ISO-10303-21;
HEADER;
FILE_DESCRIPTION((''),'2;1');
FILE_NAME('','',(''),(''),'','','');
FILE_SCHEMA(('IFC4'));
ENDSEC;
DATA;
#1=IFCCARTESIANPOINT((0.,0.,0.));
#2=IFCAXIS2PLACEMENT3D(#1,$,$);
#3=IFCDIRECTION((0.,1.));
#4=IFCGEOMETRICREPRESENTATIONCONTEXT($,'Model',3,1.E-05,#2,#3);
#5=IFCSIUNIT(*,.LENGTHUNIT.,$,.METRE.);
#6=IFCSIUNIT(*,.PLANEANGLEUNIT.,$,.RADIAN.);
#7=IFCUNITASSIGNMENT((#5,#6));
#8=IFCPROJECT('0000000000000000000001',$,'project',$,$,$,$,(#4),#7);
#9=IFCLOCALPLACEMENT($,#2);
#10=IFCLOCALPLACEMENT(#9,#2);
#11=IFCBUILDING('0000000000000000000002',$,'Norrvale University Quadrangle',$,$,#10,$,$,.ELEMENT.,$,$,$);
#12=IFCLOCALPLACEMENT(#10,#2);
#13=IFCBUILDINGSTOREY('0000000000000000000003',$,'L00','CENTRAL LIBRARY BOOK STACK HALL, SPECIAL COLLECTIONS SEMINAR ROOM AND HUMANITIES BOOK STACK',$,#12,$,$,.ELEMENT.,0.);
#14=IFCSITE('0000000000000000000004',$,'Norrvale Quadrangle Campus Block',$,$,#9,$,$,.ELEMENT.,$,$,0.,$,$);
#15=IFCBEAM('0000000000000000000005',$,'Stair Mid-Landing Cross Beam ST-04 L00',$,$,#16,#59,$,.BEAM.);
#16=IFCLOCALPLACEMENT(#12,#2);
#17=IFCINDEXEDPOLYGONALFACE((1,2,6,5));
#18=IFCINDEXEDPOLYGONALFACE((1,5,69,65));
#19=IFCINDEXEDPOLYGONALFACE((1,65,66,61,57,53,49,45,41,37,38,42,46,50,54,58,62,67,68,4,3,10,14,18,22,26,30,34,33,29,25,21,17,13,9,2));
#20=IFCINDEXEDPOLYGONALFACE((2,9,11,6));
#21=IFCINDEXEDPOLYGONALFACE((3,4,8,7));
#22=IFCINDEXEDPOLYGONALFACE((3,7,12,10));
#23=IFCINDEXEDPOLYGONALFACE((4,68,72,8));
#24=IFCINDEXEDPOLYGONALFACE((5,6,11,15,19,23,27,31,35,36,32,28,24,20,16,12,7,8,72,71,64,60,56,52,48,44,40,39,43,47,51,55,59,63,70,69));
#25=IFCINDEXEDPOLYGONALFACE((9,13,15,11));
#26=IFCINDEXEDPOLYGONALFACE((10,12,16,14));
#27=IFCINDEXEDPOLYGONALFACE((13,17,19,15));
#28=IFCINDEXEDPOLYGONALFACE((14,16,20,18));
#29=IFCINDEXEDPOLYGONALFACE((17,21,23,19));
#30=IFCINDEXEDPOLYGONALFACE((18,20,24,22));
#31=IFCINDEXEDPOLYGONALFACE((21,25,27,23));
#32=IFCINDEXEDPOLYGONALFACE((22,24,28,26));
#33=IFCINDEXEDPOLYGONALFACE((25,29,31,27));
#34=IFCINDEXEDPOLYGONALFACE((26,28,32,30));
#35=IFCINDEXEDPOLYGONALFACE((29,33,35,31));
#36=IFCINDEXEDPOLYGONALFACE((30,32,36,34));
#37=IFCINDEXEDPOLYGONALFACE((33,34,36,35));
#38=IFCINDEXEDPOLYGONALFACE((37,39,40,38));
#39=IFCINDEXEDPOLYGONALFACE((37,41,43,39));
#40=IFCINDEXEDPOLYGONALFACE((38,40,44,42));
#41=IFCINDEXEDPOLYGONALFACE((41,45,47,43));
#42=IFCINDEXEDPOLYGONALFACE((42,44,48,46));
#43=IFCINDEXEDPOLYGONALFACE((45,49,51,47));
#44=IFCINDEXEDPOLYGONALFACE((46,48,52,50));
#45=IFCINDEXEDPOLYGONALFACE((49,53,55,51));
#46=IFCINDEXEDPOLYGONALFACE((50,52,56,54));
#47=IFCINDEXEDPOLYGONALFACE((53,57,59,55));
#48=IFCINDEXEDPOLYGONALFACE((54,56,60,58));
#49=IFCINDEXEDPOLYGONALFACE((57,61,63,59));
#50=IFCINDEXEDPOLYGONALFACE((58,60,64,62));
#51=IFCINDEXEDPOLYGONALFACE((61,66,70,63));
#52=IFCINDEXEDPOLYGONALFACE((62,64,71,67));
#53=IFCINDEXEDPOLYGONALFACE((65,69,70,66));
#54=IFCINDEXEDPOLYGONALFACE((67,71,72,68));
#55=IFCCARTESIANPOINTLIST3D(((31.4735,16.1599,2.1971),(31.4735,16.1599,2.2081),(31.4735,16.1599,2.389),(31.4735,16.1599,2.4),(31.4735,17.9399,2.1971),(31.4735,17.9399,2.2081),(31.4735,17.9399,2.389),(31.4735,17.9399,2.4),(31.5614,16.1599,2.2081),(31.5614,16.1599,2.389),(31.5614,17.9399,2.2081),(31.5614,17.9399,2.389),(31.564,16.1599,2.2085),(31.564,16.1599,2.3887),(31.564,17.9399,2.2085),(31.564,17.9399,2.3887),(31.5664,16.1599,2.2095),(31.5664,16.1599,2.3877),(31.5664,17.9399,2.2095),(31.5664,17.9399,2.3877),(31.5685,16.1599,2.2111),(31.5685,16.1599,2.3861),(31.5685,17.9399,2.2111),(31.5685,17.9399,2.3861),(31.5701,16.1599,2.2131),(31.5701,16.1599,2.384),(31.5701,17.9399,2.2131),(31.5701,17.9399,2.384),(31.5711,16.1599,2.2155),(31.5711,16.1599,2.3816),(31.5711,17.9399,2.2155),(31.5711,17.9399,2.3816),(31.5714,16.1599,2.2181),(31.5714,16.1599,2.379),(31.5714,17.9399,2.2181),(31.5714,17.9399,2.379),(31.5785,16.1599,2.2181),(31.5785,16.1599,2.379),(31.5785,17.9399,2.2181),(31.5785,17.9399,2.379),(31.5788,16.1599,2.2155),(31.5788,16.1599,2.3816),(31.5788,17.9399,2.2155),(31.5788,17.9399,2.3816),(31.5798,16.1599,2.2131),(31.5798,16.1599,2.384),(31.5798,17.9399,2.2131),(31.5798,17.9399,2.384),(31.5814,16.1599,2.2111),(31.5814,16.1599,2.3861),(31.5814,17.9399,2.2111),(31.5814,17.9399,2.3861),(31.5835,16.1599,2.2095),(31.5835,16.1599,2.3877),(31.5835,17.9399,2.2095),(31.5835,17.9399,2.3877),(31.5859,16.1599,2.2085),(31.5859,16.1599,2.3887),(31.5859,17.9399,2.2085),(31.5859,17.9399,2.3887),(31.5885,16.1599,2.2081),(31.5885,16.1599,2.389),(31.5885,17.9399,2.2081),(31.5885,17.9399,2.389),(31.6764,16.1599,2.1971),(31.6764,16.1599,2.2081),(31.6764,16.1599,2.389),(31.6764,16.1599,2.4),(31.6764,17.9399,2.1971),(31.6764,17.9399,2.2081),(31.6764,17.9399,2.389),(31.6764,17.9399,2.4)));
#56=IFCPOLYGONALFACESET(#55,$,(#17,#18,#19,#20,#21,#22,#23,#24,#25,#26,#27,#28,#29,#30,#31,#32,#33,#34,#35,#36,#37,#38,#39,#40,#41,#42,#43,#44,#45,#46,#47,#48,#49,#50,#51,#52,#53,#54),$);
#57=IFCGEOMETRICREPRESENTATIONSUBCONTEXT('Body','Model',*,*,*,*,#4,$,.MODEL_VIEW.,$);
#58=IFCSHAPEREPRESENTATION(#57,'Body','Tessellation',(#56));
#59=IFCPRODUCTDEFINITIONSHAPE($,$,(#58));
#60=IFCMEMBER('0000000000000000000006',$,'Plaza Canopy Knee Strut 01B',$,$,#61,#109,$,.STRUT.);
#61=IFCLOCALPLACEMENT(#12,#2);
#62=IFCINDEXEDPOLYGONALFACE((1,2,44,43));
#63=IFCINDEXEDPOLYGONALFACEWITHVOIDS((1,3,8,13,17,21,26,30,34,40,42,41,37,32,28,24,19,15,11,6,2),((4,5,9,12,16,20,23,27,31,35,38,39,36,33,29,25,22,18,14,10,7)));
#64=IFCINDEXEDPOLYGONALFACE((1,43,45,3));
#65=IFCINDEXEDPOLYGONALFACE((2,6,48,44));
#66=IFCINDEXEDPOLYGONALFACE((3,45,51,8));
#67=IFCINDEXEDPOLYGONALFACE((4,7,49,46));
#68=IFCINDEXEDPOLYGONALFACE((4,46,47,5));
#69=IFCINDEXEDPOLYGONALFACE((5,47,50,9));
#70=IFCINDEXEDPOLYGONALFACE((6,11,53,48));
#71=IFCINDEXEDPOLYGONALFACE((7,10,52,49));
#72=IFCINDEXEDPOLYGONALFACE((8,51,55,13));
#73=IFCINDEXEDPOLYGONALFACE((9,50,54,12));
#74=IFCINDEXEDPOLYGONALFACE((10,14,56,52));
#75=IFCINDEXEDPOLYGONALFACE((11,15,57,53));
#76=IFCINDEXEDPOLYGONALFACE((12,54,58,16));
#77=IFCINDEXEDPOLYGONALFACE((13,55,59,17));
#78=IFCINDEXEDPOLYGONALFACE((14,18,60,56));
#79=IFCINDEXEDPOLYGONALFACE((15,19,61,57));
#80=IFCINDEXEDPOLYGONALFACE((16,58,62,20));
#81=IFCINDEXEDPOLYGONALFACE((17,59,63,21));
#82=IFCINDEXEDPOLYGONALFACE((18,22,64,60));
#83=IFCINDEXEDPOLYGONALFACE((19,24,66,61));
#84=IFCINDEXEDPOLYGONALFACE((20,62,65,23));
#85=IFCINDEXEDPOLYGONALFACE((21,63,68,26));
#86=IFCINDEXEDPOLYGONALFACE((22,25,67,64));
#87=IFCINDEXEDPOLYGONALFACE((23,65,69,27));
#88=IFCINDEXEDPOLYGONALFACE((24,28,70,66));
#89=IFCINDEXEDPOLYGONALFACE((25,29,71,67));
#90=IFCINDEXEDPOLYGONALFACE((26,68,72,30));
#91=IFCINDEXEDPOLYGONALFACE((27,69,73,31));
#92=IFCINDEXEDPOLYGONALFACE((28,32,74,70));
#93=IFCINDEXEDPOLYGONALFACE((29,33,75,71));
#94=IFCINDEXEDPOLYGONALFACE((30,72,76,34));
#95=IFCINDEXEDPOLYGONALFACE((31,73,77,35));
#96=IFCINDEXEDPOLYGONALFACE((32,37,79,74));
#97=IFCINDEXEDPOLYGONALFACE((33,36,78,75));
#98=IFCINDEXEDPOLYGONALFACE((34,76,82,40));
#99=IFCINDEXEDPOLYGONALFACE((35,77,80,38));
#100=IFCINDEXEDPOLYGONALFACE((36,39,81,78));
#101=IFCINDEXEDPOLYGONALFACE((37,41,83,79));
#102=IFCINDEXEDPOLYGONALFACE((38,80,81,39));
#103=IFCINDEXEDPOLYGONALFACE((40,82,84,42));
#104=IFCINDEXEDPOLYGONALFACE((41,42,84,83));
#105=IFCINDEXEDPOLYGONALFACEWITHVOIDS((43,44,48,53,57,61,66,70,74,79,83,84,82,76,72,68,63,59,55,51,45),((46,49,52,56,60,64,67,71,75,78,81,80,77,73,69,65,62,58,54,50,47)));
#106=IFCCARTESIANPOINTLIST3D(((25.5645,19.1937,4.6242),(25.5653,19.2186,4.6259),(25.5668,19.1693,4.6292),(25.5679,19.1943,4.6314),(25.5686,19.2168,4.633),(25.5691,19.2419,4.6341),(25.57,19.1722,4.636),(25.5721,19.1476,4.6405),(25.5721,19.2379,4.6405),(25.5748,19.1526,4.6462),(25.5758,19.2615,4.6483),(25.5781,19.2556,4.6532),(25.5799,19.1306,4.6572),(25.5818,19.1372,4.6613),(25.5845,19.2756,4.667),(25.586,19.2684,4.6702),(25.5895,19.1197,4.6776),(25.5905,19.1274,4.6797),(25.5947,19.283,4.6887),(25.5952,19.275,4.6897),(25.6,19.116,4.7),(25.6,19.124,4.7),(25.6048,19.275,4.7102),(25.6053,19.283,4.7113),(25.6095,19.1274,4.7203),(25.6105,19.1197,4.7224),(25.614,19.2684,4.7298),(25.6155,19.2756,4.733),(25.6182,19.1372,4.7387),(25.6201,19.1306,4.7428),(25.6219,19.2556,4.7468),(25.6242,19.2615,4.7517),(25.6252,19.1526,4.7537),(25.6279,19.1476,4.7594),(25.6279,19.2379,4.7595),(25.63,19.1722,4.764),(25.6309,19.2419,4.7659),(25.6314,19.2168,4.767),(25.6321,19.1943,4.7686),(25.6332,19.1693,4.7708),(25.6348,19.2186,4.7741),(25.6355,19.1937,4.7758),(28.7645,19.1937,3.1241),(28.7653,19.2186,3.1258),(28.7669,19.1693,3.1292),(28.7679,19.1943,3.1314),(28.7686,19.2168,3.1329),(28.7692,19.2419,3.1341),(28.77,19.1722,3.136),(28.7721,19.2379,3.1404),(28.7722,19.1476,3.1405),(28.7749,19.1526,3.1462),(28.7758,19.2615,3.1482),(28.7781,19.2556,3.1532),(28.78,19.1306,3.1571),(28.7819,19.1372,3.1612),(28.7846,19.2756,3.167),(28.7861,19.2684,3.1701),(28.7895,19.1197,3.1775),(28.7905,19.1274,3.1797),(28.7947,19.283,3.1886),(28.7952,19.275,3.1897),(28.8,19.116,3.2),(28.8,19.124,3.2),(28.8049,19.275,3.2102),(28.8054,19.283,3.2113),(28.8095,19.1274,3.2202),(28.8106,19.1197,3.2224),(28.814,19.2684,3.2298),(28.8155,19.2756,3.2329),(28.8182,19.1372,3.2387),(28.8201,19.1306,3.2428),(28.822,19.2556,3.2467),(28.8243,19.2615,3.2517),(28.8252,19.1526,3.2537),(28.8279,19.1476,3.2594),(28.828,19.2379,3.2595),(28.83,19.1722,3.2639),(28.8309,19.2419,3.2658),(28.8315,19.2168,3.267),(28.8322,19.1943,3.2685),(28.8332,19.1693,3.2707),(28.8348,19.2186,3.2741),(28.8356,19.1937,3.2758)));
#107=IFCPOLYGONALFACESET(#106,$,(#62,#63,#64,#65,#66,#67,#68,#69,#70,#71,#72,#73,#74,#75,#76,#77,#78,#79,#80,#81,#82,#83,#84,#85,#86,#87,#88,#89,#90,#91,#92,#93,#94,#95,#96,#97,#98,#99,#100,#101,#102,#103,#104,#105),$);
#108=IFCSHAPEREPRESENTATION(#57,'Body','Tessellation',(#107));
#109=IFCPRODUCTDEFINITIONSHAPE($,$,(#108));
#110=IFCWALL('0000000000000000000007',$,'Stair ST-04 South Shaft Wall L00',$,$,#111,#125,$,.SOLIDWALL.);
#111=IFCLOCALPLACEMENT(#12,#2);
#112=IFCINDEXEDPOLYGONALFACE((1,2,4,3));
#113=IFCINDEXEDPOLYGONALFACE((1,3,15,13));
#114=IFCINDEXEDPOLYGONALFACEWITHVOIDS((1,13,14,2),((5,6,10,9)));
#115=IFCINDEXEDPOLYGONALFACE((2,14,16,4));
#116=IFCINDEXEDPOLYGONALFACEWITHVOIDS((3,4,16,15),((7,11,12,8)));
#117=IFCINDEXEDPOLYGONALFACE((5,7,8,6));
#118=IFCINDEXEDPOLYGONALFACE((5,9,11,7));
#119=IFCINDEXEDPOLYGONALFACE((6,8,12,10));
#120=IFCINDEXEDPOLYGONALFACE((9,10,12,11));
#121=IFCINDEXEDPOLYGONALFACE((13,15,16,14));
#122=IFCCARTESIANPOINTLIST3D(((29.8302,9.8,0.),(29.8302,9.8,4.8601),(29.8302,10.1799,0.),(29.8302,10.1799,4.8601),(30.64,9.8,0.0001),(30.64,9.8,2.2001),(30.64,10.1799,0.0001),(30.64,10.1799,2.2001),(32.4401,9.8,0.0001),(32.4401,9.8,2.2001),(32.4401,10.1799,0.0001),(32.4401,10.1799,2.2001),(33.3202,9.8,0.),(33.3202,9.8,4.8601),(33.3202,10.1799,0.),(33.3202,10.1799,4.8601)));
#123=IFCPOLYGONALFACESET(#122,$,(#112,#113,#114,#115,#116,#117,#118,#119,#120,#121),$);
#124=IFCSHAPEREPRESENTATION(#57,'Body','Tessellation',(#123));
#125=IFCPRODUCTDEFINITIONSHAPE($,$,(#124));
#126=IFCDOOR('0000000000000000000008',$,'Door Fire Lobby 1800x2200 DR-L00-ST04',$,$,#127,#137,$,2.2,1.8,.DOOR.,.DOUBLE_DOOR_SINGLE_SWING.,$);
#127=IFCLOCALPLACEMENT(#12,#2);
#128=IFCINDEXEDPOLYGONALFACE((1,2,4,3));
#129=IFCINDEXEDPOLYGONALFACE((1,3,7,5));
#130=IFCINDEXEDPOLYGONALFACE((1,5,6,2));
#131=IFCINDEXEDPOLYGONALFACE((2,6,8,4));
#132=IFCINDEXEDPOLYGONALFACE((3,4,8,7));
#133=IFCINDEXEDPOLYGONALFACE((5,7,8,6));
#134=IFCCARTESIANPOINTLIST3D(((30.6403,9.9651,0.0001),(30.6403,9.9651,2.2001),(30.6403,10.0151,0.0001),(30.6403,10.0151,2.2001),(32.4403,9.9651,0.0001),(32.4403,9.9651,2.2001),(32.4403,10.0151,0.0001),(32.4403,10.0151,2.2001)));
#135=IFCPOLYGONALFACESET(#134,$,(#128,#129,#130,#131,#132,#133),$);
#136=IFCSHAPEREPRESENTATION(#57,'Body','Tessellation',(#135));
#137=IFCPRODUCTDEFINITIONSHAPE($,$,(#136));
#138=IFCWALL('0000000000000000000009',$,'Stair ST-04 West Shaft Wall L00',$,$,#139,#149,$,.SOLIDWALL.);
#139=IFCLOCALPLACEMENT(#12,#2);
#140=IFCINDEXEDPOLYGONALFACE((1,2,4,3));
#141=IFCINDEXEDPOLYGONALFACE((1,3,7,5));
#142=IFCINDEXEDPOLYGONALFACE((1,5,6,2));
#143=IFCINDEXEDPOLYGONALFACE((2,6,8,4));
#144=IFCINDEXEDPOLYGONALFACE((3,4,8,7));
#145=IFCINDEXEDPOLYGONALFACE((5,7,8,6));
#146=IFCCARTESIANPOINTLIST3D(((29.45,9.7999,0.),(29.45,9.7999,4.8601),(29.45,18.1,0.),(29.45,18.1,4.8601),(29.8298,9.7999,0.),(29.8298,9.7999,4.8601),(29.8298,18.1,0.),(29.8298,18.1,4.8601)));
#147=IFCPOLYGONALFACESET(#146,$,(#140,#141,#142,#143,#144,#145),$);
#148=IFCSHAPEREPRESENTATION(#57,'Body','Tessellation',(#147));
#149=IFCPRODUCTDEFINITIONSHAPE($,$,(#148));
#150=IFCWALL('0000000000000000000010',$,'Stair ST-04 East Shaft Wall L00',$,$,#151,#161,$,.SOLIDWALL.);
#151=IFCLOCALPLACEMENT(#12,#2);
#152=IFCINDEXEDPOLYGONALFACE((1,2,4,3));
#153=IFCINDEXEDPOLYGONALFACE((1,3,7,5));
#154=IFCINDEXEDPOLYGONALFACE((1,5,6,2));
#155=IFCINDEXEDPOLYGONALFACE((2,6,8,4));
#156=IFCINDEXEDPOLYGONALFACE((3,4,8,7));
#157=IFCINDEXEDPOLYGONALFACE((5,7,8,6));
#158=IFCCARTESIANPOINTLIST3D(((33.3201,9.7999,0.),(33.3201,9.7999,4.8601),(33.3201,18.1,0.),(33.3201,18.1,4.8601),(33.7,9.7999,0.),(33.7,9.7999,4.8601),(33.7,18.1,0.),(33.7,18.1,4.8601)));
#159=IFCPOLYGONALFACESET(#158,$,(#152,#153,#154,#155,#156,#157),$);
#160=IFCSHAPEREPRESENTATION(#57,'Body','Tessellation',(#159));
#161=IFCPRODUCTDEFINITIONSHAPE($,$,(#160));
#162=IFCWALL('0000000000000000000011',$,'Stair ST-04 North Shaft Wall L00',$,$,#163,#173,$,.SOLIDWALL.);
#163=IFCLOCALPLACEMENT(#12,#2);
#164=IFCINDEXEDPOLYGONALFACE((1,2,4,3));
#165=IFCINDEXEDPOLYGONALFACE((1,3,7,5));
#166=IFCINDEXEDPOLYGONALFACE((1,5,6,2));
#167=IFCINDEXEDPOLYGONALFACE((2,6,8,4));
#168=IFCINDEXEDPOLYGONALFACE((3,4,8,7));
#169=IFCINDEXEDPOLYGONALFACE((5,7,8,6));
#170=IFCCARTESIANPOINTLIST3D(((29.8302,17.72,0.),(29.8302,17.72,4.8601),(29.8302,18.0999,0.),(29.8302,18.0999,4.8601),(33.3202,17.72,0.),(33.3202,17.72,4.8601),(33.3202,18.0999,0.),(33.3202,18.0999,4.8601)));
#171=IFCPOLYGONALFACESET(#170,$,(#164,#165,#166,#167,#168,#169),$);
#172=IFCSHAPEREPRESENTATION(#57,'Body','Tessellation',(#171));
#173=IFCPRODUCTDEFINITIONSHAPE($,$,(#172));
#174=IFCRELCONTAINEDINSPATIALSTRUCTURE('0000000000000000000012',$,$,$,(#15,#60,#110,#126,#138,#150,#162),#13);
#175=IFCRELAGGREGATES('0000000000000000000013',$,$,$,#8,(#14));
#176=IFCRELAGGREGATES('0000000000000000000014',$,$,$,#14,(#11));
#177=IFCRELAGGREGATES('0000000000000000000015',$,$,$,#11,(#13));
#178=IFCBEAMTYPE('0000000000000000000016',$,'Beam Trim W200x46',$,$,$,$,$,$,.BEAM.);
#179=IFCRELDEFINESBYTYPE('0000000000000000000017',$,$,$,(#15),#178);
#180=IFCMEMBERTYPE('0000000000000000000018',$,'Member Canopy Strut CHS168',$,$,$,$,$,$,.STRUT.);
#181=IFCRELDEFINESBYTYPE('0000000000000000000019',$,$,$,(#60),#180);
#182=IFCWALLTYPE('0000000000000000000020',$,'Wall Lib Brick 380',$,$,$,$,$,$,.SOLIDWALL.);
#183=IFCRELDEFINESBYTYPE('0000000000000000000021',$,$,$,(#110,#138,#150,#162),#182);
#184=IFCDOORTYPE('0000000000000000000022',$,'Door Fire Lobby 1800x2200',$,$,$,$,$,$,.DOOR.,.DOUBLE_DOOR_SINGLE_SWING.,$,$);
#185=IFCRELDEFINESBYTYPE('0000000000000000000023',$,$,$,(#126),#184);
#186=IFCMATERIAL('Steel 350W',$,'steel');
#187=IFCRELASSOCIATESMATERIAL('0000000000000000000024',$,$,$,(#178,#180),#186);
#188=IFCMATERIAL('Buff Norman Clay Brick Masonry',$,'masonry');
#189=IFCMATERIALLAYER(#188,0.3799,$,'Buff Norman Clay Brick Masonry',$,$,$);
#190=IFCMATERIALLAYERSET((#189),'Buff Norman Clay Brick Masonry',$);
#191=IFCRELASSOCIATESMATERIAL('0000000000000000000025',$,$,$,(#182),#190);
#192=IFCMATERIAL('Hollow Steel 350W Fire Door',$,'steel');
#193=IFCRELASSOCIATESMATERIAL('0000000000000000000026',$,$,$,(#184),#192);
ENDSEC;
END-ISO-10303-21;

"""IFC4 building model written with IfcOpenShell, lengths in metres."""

from ifc_helpers import new_model, si_unit, direction, frame, frame_2d, origin, origin_2d, place, context, subcontext, project, spatial, rectangle, hollow_circle, i_section, extrude, material, layer, layer_set, material_profile, profile_set, type_object, element, fill, save


model = new_model("IFC4")

# Units and contexts
model_context = context("Model", 3, precision=1e-05, world=origin(), true_north=direction((0.0, 1.0)))
body_context = subcontext(model_context, "Body", "Model", "MODEL_VIEW")
ifc_project = project(units=[si_unit("LENGTHUNIT", "METRE"), si_unit("PLANEANGLEUNIT", "RADIAN")], contexts=[model_context])

# Site, building, storey
site_placement = place(None, origin())
site = spatial("IfcSite", under=ifc_project, at=site_placement, Name="Norrvale Quadrangle Campus Block", CompositionType="ELEMENT", RefElevation=0.0)
building_placement = place(site_placement, origin())
building = spatial("IfcBuilding", under=site, at=building_placement, Name="Norrvale University Quadrangle", CompositionType="ELEMENT")
storey_placement = place(building_placement, origin())
storey = spatial("IfcBuildingStorey", under=building, at=storey_placement, Name="L00", Description="CENTRAL LIBRARY BOOK STACK HALL, SPECIAL COLLECTIONS SEMINAR ROOM AND HUMANITIES BOOK STACK", CompositionType="ELEMENT", Elevation=0.0)

# Beam
ifc_material_1 = material(Name="Steel 350W", Category="steel")
ifc_material_profile_1 = material_profile(ifc_material_1, i_section(OverallWidth=0.2029, OverallDepth=0.2029, WebThickness=0.0071, FlangeThickness=0.011, FilletRadius=0.01, at=origin_2d()), Name="Steel 350W")
ifc_profile_set_1 = profile_set([ifc_material_profile_1], Name="Steel 350W")
beam_type_1 = type_object("IfcBeamType", Name="Beam Trim W200x46", PredefinedType="BEAM", material=ifc_profile_set_1)
beam_placement = place(storey_placement, frame((31.575, 16.1599, 2.2986), z_axis=(0.0, 1.0, 0.0), x_axis=(-1.0, 0.0, 0.0)))
element("IfcBeam", 1, at=beam_placement, inside=storey, type_object=beam_type_1, Name="Stair Mid-Landing Cross Beam ST-04 L00", PredefinedType="BEAM", context=body_context, shape_type="SweptSolid", body=[
    extrude(i_section(OverallWidth=0.2029, OverallDepth=0.2029, WebThickness=0.0071, FlangeThickness=0.011, FilletRadius=0.01, at=origin_2d()), origin(), (0.0, 0.0, 1.0), 1.78),
])

# Member
ifc_material_profile_2 = material_profile(ifc_material_1, hollow_circle(Radius=0.084, WallThickness=0.0081, at=origin_2d()), Name="Steel 350W")
ifc_profile_set_2 = profile_set([ifc_material_profile_2], Name="Steel 350W")
member_type = type_object("IfcMemberType", Name="Member Canopy Strut CHS168", PredefinedType="STRUT", material=ifc_profile_set_2)
member_placement = place(storey_placement, frame((28.8, 19.2, 3.2), z_axis=(-0.905456, 0.0, 0.424439), x_axis=(0.0, -1.0, 0.0)))
element("IfcMember", 2, at=member_placement, inside=storey, type_object=member_type, Name="Plaza Canopy Knee Strut 01B", PredefinedType="STRUT", context=body_context, shape_type="SweptSolid", body=[
    extrude(hollow_circle(Radius=0.084, WallThickness=0.0081, at=origin_2d()), origin(), (0.0, 0.0, 1.0), 3.5342),
])

# Wall, opening, door
ifc_material_2 = material(Name="Buff Norman Clay Brick Masonry", Category="masonry")
ifc_layer_1 = layer(ifc_material_2, 0.3799, Name="Buff Norman Clay Brick Masonry")
ifc_layer_set_1 = layer_set([ifc_layer_1], Name="Buff Norman Clay Brick Masonry")
wall_type = type_object("IfcWallType", Name="Wall Lib Brick 380", PredefinedType="SOLIDWALL", material=ifc_layer_set_1)
wall_1_placement = place(storey_placement, frame((29.8301, 9.99, 0.0), z_axis=(0.0, 0.0, 1.0), x_axis=(1.0, 0.0, 0.0)))
wall_1 = element("IfcWall", 3, at=wall_1_placement, inside=storey, type_object=wall_type, Name="Stair ST-04 South Shaft Wall L00", PredefinedType="SOLIDWALL", context=body_context, shape_type="SweptSolid", body=[
    extrude(rectangle(XDim=3.49, YDim=0.3799, at=frame_2d((1.7451, 0.0))), origin(), (0.0, 0.0, 1.0), 4.8601),
])
opening_placement = place(wall_1_placement, frame((0.8101, 0.0, 0.0)))
opening = element("IfcOpeningElement", 4, at=opening_placement, cuts=wall_1, PredefinedType="OPENING", context=body_context, shape_type="SweptSolid", body=[
    extrude(rectangle(XDim=1.8, YDim=2.2, at=frame_2d((0.8999, 1.1001))), frame((0.0, 0.2019, 0.0), z_axis=(0.0, -1.0, 0.0), x_axis=(1.0, 0.0, 0.0)), (0.0, 0.0, 1.0), 0.4038),
])
ifc_material_3 = material(Name="Hollow Steel 350W Fire Door", Category="steel")
door_type = type_object("IfcDoorType", Name="Door Fire Lobby 1800x2200", OperationType="DOUBLE_DOOR_SINGLE_SWING", PredefinedType="DOOR", material=ifc_material_3)
door_placement = place(opening_placement, frame((1.8, 0.0, 0.0), z_axis=(0.0, 0.0, 1.0), x_axis=(-1.0, 0.0, 0.0)))
door = element("IfcDoor", 5, at=door_placement, inside=storey, type_object=door_type, Name="Door Fire Lobby 1800x2200 DR-L00-ST04", OperationType="DOUBLE_DOOR_SINGLE_SWING", OverallHeight=2.2, OverallWidth=1.8, PredefinedType="DOOR", context=body_context, shape_type="SweptSolid", body=[
    extrude(rectangle(XDim=1.8, YDim=2.2, at=frame_2d((0.8999, 1.1001))), frame((0.0, 0.0249, 0.0), z_axis=(0.0, -1.0, 0.0), x_axis=(1.0, 0.0, 0.0)), (0.0, 0.0, 1.0), 0.05),
])
fill(opening, door)

# Walls
for number, where, z_axis, x_axis, name in (
    (6, (29.6399, 9.8, 0.0), (0.0, 0.0, 1.0), (0.0, 1.0, 0.0), "Stair ST-04 West Shaft Wall L00"),
    (7, (33.51, 9.8, 0.0), (0.0, 0.0, 1.0), (0.0, 1.0, 0.0), "Stair ST-04 East Shaft Wall L00"),
):
    element("IfcWall", number, at=place(storey_placement, frame(where, z_axis=z_axis, x_axis=x_axis)), inside=storey, type_object=wall_type, Name=name, PredefinedType="SOLIDWALL", context=body_context, shape_type="SweptSolid", body=[
        extrude(rectangle(XDim=8.3, YDim=0.3799, at=frame_2d((4.1499, 0.0))), origin(), (0.0, 0.0, 1.0), 4.8601),
    ])
wall_2_placement = place(storey_placement, frame((29.8301, 17.9099, 0.0), z_axis=(0.0, 0.0, 1.0), x_axis=(1.0, 0.0, 0.0)))
element("IfcWall", 8, at=wall_2_placement, inside=storey, type_object=wall_type, Name="Stair ST-04 North Shaft Wall L00", PredefinedType="SOLIDWALL", context=body_context, shape_type="SweptSolid", body=[
    extrude(rectangle(XDim=3.49, YDim=0.3799, at=frame_2d((1.7451, 0.0))), origin(), (0.0, 0.0, 1.0), 4.8601),
])

save(model, "model.ifc")
